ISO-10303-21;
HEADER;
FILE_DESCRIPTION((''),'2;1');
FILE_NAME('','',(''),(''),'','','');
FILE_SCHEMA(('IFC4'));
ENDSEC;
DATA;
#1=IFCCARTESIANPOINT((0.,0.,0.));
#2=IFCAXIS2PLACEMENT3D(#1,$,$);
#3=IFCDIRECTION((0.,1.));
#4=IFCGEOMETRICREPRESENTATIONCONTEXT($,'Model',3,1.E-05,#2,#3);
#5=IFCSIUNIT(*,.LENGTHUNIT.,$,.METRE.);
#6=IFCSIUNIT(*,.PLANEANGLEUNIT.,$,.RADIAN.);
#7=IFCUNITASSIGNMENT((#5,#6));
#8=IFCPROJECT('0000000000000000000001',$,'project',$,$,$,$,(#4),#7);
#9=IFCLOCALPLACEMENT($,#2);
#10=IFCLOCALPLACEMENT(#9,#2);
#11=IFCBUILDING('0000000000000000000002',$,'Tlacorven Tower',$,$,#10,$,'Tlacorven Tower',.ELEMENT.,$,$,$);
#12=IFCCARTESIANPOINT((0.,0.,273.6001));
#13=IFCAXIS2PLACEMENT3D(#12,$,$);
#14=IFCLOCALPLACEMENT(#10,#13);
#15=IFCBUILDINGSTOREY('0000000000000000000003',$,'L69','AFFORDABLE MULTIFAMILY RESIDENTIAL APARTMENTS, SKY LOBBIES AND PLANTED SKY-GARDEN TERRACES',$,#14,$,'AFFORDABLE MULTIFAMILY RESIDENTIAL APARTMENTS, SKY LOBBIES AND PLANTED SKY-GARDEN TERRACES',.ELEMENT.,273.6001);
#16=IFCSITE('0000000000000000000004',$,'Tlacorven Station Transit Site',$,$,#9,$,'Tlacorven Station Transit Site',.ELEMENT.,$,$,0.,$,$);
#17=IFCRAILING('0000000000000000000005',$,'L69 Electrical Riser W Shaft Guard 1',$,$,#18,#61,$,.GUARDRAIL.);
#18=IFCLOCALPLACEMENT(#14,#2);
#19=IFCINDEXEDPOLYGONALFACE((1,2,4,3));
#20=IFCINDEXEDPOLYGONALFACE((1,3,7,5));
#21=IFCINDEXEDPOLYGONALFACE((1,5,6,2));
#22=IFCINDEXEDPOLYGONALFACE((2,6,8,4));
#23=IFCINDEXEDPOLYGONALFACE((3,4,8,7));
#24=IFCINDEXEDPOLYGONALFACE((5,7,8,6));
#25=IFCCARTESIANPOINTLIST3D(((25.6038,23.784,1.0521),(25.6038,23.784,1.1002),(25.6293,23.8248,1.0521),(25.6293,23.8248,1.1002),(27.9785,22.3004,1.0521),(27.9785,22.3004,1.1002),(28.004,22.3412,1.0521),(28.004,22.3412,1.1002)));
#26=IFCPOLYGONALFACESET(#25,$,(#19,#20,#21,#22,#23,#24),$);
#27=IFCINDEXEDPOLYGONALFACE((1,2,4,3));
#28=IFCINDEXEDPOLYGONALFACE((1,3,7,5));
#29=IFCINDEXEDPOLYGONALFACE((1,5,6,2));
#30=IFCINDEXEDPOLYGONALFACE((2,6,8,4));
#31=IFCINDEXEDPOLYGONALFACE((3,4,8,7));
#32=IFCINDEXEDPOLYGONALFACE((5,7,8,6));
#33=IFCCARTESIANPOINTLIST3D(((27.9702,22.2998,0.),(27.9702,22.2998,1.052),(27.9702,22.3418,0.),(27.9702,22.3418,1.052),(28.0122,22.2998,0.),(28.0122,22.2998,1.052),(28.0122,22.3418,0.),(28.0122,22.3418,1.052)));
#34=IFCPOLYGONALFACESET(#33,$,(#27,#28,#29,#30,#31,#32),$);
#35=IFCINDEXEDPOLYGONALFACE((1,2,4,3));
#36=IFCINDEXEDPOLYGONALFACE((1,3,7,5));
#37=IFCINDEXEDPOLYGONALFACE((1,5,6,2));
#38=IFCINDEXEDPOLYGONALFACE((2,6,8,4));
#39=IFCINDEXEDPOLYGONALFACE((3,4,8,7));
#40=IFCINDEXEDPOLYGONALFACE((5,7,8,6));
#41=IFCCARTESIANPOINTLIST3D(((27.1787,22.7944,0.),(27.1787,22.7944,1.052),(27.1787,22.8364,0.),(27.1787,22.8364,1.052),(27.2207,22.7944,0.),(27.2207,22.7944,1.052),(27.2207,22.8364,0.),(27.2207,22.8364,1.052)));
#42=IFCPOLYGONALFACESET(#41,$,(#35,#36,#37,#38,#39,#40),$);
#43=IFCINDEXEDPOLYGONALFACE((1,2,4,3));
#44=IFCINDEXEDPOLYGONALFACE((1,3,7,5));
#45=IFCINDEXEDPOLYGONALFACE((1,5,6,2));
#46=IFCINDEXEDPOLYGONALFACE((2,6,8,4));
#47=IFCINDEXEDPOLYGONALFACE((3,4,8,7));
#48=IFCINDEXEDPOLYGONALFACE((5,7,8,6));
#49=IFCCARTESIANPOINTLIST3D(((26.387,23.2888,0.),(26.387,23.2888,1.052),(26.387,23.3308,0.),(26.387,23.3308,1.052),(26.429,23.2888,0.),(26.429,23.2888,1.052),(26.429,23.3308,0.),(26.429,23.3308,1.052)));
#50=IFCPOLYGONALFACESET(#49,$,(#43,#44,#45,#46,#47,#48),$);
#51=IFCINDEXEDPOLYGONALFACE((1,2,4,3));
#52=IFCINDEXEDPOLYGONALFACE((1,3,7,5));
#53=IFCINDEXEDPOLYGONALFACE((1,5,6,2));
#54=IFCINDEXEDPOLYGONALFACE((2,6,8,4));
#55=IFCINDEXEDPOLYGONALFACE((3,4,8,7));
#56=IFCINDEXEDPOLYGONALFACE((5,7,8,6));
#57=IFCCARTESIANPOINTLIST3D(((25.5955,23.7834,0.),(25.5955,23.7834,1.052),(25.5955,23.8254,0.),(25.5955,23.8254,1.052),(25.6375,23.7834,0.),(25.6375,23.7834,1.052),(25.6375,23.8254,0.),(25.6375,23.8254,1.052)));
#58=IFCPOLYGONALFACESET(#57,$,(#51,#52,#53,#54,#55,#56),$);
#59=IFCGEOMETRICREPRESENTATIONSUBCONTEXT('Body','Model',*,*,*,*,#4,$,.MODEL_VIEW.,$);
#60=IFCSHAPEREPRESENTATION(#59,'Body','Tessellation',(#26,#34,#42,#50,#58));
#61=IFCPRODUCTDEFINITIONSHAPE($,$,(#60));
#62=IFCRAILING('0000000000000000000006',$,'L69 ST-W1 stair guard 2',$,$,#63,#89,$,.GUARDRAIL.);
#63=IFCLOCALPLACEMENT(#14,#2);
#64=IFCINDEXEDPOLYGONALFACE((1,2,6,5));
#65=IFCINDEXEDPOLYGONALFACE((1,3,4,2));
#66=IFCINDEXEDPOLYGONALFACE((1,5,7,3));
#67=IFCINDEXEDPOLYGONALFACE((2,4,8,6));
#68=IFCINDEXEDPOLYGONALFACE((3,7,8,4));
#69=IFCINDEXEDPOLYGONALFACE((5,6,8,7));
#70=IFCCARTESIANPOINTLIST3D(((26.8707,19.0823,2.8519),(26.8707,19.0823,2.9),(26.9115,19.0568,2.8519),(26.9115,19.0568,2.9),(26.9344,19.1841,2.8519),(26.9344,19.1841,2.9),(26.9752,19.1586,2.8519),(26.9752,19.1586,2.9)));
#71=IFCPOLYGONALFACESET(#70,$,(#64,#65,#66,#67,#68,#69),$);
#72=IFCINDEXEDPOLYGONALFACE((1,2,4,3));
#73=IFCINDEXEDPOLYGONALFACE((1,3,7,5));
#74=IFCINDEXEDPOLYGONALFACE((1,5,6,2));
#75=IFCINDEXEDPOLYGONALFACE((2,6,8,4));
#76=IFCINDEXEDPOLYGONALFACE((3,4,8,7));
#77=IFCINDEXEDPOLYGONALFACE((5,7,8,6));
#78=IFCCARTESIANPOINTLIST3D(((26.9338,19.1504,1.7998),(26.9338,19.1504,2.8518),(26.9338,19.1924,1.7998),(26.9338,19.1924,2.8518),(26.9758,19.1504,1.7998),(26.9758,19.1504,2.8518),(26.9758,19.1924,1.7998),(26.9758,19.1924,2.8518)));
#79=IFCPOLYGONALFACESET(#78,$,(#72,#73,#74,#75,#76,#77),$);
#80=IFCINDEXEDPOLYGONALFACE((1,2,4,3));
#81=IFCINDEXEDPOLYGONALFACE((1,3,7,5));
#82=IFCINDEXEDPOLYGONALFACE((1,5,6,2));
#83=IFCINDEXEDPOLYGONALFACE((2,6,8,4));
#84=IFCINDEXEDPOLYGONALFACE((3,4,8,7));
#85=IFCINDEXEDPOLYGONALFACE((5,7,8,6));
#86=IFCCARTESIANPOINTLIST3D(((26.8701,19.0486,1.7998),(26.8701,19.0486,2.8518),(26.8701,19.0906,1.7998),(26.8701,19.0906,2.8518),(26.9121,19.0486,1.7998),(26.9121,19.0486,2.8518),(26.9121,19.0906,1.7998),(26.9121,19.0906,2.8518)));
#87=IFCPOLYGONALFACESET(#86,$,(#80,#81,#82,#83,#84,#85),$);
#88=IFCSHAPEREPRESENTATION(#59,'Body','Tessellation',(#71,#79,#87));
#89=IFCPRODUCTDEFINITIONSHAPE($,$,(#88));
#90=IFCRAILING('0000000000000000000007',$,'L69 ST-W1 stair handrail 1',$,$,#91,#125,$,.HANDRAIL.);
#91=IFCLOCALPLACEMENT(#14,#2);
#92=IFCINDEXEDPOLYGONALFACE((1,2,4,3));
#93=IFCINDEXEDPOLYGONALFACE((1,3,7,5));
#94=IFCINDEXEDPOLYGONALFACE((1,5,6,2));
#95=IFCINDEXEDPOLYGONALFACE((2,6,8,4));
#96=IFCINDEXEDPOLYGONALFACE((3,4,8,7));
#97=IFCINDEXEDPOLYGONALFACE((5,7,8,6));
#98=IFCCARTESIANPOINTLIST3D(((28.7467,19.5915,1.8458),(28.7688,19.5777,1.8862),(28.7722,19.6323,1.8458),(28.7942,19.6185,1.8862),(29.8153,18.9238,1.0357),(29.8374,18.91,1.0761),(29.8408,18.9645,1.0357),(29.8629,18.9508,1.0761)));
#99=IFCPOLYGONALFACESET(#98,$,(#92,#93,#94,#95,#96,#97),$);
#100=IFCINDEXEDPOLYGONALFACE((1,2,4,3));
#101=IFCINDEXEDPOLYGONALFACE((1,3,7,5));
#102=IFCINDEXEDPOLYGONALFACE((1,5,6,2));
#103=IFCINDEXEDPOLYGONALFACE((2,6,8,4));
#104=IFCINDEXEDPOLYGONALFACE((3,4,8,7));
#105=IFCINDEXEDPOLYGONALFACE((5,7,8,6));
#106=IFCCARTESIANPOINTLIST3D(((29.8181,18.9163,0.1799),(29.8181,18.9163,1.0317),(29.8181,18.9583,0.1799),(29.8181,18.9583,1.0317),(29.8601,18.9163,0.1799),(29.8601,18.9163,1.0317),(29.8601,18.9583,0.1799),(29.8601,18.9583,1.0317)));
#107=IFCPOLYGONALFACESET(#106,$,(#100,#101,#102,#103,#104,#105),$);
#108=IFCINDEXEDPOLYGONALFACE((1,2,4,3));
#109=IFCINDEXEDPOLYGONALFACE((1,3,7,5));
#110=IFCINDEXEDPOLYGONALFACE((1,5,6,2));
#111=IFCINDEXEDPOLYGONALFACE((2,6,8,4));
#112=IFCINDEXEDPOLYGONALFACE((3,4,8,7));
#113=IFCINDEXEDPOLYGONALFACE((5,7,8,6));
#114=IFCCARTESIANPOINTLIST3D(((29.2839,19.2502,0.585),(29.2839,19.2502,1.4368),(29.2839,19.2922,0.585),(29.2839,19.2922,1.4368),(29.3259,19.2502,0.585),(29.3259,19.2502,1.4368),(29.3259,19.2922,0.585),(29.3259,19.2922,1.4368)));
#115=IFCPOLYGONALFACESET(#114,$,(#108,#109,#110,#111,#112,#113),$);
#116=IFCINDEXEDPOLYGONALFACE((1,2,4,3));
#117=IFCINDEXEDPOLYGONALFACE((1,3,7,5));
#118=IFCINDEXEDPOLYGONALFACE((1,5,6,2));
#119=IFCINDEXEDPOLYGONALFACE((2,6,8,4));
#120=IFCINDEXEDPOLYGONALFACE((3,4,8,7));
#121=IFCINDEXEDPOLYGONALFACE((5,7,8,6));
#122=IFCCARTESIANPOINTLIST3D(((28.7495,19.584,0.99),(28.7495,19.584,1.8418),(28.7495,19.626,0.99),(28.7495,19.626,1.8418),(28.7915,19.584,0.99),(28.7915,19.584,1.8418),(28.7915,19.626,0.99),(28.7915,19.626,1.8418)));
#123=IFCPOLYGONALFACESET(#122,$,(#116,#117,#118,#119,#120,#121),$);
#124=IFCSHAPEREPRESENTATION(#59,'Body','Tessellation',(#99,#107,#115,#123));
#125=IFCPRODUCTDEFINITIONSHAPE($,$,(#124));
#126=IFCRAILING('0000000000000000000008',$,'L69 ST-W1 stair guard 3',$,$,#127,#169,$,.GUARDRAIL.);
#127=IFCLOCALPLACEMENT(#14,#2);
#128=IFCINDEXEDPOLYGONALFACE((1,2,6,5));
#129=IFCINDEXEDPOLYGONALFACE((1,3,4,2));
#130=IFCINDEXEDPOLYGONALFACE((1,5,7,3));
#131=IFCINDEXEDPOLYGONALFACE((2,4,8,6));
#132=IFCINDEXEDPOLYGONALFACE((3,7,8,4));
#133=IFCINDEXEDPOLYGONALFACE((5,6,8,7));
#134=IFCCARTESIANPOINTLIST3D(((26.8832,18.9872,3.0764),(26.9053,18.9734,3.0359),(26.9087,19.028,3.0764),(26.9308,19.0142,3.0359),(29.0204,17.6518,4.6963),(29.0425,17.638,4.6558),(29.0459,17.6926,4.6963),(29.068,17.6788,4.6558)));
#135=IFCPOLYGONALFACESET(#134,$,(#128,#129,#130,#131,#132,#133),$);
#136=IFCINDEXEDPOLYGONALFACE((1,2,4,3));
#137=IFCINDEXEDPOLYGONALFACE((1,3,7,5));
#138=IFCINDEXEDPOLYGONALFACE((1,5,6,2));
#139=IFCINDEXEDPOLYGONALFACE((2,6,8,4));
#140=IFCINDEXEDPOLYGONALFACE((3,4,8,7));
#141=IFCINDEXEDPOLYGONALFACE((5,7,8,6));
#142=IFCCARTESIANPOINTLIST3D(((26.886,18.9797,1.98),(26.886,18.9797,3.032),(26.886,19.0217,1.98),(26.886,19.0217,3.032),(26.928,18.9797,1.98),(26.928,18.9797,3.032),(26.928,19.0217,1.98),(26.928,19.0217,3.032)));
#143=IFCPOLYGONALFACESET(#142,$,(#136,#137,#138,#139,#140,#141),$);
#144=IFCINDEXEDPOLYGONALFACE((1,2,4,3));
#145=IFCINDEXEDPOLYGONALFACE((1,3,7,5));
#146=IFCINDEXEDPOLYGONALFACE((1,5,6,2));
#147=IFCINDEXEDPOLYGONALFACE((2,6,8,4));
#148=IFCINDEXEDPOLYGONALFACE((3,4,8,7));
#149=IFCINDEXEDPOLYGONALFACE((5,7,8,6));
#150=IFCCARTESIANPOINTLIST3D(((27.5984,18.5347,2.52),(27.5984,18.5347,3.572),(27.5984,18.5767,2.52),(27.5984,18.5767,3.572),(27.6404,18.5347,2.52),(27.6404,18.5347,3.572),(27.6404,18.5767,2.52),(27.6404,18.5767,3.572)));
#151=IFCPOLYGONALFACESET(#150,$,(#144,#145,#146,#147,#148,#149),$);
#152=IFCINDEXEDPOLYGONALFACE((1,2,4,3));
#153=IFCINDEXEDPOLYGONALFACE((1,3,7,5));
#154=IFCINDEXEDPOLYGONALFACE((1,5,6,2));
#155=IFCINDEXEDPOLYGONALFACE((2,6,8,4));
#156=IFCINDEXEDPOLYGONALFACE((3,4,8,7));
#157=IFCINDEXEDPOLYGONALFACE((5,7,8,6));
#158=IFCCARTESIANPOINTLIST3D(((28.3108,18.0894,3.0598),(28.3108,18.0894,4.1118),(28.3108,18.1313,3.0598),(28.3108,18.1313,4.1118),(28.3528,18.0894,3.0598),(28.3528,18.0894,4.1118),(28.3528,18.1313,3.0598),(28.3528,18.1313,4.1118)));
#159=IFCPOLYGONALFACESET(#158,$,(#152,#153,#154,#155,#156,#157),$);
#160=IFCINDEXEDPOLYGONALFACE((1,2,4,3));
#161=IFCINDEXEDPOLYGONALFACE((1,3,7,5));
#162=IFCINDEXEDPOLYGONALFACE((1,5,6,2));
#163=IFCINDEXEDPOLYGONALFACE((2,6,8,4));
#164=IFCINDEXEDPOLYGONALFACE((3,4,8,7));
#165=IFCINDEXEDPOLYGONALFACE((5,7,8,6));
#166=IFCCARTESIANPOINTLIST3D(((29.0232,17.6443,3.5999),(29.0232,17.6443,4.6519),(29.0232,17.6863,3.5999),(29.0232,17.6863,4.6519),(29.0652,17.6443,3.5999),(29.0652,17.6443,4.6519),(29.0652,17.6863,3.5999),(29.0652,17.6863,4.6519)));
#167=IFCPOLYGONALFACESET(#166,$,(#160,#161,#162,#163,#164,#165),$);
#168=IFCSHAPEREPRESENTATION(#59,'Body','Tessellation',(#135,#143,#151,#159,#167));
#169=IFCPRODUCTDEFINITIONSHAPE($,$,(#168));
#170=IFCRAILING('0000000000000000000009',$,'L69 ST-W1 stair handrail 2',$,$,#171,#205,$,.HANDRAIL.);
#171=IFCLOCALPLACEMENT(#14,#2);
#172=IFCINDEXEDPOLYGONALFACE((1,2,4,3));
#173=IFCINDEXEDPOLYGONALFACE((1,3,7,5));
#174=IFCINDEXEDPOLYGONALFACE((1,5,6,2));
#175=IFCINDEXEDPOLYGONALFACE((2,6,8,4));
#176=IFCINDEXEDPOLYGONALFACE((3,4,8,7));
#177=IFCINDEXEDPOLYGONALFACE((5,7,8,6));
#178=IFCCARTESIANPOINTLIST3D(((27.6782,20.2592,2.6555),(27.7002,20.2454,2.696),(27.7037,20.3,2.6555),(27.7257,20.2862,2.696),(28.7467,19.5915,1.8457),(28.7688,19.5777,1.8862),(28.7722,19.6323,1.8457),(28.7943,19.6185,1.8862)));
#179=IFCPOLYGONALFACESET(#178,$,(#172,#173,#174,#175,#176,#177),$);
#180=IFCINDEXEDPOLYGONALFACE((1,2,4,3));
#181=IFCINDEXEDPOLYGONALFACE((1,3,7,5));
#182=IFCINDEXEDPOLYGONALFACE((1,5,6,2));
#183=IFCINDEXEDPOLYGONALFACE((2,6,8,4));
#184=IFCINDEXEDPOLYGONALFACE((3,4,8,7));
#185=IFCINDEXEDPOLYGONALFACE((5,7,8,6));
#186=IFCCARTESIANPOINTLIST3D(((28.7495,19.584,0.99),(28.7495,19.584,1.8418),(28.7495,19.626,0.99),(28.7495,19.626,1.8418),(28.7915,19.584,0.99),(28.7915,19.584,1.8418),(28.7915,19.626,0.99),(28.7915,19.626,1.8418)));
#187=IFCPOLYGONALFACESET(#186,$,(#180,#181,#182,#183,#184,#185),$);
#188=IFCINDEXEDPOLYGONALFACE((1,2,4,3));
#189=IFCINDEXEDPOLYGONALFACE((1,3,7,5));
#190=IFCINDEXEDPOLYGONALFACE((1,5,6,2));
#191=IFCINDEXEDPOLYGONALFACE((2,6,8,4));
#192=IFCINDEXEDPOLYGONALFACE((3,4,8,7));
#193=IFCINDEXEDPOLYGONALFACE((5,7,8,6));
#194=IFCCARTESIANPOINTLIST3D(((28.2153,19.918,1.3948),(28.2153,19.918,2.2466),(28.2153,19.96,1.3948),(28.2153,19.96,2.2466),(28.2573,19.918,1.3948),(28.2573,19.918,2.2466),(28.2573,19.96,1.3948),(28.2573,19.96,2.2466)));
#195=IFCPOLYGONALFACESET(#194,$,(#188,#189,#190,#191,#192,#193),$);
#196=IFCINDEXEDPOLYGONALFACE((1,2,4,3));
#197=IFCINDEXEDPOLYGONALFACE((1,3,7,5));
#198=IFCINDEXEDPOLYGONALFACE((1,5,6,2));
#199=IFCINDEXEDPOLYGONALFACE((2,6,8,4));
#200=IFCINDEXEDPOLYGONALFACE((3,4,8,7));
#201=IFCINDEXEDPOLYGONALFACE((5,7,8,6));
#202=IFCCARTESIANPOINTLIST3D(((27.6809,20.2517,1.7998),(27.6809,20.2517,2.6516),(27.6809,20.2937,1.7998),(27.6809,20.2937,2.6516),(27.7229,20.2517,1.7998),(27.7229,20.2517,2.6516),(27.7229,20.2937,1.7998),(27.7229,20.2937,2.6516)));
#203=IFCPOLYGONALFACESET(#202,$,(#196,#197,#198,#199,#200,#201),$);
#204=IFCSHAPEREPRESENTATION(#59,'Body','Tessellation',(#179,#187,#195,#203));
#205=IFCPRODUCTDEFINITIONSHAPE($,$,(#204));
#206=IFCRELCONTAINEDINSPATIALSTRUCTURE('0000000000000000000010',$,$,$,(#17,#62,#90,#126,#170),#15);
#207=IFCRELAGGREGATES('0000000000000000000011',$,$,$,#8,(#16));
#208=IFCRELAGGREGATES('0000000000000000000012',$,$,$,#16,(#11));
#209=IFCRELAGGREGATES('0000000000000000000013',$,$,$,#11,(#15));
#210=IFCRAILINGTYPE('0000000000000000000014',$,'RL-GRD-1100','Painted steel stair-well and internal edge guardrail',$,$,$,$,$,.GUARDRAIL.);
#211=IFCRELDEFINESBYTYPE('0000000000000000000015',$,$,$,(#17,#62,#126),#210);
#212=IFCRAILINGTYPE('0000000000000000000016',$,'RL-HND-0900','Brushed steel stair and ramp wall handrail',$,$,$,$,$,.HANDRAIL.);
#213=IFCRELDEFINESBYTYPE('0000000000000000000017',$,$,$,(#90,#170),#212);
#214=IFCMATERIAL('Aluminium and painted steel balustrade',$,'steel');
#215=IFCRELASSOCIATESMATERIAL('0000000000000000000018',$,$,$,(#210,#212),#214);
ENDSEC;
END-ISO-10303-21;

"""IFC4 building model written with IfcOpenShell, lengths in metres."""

from ifc_helpers import new_model, si_unit, direction, frame, origin, origin_2d, place, context, subcontext, project, spatial, rectangle, extrude, source, transform, mapped, material, type_object, element, save


model = new_model("IFC4")

# Units and contexts
model_context = context("Model", 3, precision=1e-05, world=origin(), true_north=direction((0.0, 1.0)))
body_context = subcontext(model_context, "Body", "Model", "MODEL_VIEW")
ifc_project = project(units=[si_unit("LENGTHUNIT", "METRE"), si_unit("PLANEANGLEUNIT", "RADIAN")], contexts=[model_context])

# Site, building, storey
site_placement = place(None, origin())
site = spatial("IfcSite", under=ifc_project, at=site_placement, Name="Tlacorven Station Transit Site", LongName="Tlacorven Station Transit Site", CompositionType="ELEMENT", RefElevation=0.0)
building_placement = place(site_placement, origin())
building = spatial("IfcBuilding", under=site, at=building_placement, Name="Tlacorven Tower", LongName="Tlacorven Tower", CompositionType="ELEMENT")
storey_placement = place(building_placement, frame((0.0, 0.0, 273.6001)))
storey = spatial("IfcBuildingStorey", under=building, at=storey_placement, Name="L69", Description="AFFORDABLE MULTIFAMILY RESIDENTIAL APARTMENTS, SKY LOBBIES AND PLANTED SKY-GARDEN TERRACES", LongName="AFFORDABLE MULTIFAMILY RESIDENTIAL APARTMENTS, SKY LOBBIES AND PLANTED SKY-GARDEN TERRACES", CompositionType="ELEMENT", Elevation=273.6001)

# Railings
ifc_material_1 = material(Name="Aluminium and painted steel balustrade", Category="steel")
railing_type_1 = type_object("IfcRailingType", Name="RL-GRD-1100", Description="Painted steel stair-well and internal edge guardrail", PredefinedType="GUARDRAIL", material=ifc_material_1)
shared_shape_1 = source(origin(), body_context, "Body", "SweptSolid", [
    extrude(rectangle(XDim=0.0481, YDim=0.0481, at=origin_2d()), frame((0.0, 0.0, 1.0762), z_axis=(-0.848091, 0.52985, 0.0), x_axis=(-0.52985, -0.848091, 0.0)), (0.0, 0.0, 1.0), 2.8),
    extrude(rectangle(XDim=0.042, YDim=0.042, at=origin_2d()), origin(), (0.0, 0.0, 1.0), 1.052),
    extrude(rectangle(XDim=0.042, YDim=0.042, at=origin_2d()), frame((-0.7915, 0.4946, 0.0)), (0.0, 0.0, 1.0), 1.052),
    extrude(rectangle(XDim=0.042, YDim=0.042, at=origin_2d()), frame((-1.5833, 0.989, 0.0)), (0.0, 0.0, 1.0), 1.052),
    extrude(rectangle(XDim=0.042, YDim=0.042, at=origin_2d()), frame((-2.3748, 1.4836, 0.0)), (0.0, 0.0, 1.0), 1.052),
])
railing_1_placement = place(storey_placement, frame((27.9912, 22.3208, 0.0)))
element("IfcRailing", 1, at=railing_1_placement, inside=storey, type_object=railing_type_1, Name="L69 Electrical Riser W Shaft Guard 1", PredefinedType="GUARDRAIL", context=body_context, shape_type="MappedRepresentation", body=[
    mapped(shared_shape_1, transform((0.0, 0.0, 0.0), scale=1.0)),
])
shared_shape_2 = source(origin(), body_context, "Body", "SweptSolid", [
    extrude(rectangle(XDim=0.0481, YDim=0.0481, at=origin_2d()), frame((0.0, 0.0, 1.0762), z_axis=(-0.530547, -0.847656, 0.0), x_axis=(0.847656, -0.530547, 0.0)), (0.0, 0.0, 1.0), 0.1201),
    extrude(rectangle(XDim=0.042, YDim=0.042, at=origin_2d()), origin(), (0.0, 0.0, 1.0), 1.052),
    extrude(rectangle(XDim=0.042, YDim=0.042, at=origin_2d()), frame((-0.0637, -0.1018, 0.0)), (0.0, 0.0, 1.0), 1.052),
])
railing_2_placement = place(storey_placement, frame((26.9548, 19.1714, 1.7998)))
element("IfcRailing", 2, at=railing_2_placement, inside=storey, type_object=railing_type_1, Name="L69 ST-W1 stair guard 2", PredefinedType="GUARDRAIL", context=body_context, shape_type="MappedRepresentation", body=[
    mapped(shared_shape_2, transform((0.0, 0.0, 0.0), scale=1.0)),
])
railing_type_2 = type_object("IfcRailingType", Name="RL-HND-0900", Description="Brushed steel stair and ramp wall handrail", PredefinedType="HANDRAIL", material=ifc_material_1)
shared_shape_3 = source(origin(), body_context, "Body", "SweptSolid", [
    extrude(rectangle(XDim=0.0481, YDim=0.0481, at=origin_2d()), frame((0.0, 0.0, 0.876), z_axis=(-0.71336, 0.445748, 0.540765), x_axis=(-0.529912, -0.848053, 0.0)), (0.0, 0.0, 1.0), 1.498),
    extrude(rectangle(XDim=0.042, YDim=0.042, at=origin_2d()), origin(), (0.0, 0.0, 1.0), 0.8518),
    extrude(rectangle(XDim=0.042, YDim=0.042, at=origin_2d()), frame((-0.5342, 0.334, 0.405)), (0.0, 0.0, 1.0), 0.8518),
    extrude(rectangle(XDim=0.042, YDim=0.042, at=origin_2d()), frame((-1.0686, 0.6677, 0.8101)), (0.0, 0.0, 1.0), 0.8518),
])
railing_3_placement = place(storey_placement, frame((29.8391, 18.9373, 0.1799)))
element("IfcRailing", 3, at=railing_3_placement, inside=storey, type_object=railing_type_2, Name="L69 ST-W1 stair handrail 1", PredefinedType="HANDRAIL", context=body_context, shape_type="MappedRepresentation", body=[
    mapped(shared_shape_3, transform((0.0, 0.0, 0.0), scale=1.0)),
])
shared_shape_4 = source(origin(), body_context, "Body", "SweptSolid", [
    extrude(rectangle(XDim=0.0481, YDim=0.0481, at=origin_2d()), frame((0.0, 0.0, 1.0762), z_axis=(0.713391, -0.445768, 0.540707), x_axis=(0.529912, 0.848053, 0.0)), (0.0, 0.0, 1.0), 2.9958),
    extrude(rectangle(XDim=0.042, YDim=0.042, at=origin_2d()), origin(), (0.0, 0.0, 1.0), 1.052),
    extrude(rectangle(XDim=0.042, YDim=0.042, at=origin_2d()), frame((0.7124, -0.4451, 0.54)), (0.0, 0.0, 1.0), 1.052),
    extrude(rectangle(XDim=0.042, YDim=0.042, at=origin_2d()), frame((1.4248, -0.8904, 1.0798)), (0.0, 0.0, 1.0), 1.052),
    extrude(rectangle(XDim=0.042, YDim=0.042, at=origin_2d()), frame((2.1372, -1.3354, 1.6199)), (0.0, 0.0, 1.0), 1.052),
])
railing_4_placement = place(storey_placement, frame((26.907, 19.0007, 1.98)))
element("IfcRailing", 4, at=railing_4_placement, inside=storey, type_object=railing_type_1, Name="L69 ST-W1 stair guard 3", PredefinedType="GUARDRAIL", context=body_context, shape_type="MappedRepresentation", body=[
    mapped(shared_shape_4, transform((0.0, 0.0, 0.0), scale=1.0)),
])
shared_shape_5 = source(origin(), body_context, "Body", "SweptSolid", [
    extrude(rectangle(XDim=0.0481, YDim=0.0481, at=origin_2d()), frame((0.0, 0.0, 0.876), z_axis=(-0.713423, 0.445787, 0.540649), x_axis=(-0.529912, -0.848053, 0.0)), (0.0, 0.0, 1.0), 1.4978),
    extrude(rectangle(XDim=0.042, YDim=0.042, at=origin_2d()), origin(), (0.0, 0.0, 1.0), 0.8518),
    extrude(rectangle(XDim=0.042, YDim=0.042, at=origin_2d()), frame((-0.5342, 0.334, 0.4048)), (0.0, 0.0, 1.0), 0.8518),
    extrude(rectangle(XDim=0.042, YDim=0.042, at=origin_2d()), frame((-1.0686, 0.6677, 0.8098)), (0.0, 0.0, 1.0), 0.8518),
])
railing_5_placement = place(storey_placement, frame((28.7705, 19.605, 0.99)))
element("IfcRailing", 5, at=railing_5_placement, inside=storey, type_object=railing_type_2, Name="L69 ST-W1 stair handrail 2", PredefinedType="HANDRAIL", context=body_context, shape_type="MappedRepresentation", body=[
    mapped(shared_shape_5, transform((0.0, 0.0, 0.0), scale=1.0)),
])

save(model, "model.ifc")
